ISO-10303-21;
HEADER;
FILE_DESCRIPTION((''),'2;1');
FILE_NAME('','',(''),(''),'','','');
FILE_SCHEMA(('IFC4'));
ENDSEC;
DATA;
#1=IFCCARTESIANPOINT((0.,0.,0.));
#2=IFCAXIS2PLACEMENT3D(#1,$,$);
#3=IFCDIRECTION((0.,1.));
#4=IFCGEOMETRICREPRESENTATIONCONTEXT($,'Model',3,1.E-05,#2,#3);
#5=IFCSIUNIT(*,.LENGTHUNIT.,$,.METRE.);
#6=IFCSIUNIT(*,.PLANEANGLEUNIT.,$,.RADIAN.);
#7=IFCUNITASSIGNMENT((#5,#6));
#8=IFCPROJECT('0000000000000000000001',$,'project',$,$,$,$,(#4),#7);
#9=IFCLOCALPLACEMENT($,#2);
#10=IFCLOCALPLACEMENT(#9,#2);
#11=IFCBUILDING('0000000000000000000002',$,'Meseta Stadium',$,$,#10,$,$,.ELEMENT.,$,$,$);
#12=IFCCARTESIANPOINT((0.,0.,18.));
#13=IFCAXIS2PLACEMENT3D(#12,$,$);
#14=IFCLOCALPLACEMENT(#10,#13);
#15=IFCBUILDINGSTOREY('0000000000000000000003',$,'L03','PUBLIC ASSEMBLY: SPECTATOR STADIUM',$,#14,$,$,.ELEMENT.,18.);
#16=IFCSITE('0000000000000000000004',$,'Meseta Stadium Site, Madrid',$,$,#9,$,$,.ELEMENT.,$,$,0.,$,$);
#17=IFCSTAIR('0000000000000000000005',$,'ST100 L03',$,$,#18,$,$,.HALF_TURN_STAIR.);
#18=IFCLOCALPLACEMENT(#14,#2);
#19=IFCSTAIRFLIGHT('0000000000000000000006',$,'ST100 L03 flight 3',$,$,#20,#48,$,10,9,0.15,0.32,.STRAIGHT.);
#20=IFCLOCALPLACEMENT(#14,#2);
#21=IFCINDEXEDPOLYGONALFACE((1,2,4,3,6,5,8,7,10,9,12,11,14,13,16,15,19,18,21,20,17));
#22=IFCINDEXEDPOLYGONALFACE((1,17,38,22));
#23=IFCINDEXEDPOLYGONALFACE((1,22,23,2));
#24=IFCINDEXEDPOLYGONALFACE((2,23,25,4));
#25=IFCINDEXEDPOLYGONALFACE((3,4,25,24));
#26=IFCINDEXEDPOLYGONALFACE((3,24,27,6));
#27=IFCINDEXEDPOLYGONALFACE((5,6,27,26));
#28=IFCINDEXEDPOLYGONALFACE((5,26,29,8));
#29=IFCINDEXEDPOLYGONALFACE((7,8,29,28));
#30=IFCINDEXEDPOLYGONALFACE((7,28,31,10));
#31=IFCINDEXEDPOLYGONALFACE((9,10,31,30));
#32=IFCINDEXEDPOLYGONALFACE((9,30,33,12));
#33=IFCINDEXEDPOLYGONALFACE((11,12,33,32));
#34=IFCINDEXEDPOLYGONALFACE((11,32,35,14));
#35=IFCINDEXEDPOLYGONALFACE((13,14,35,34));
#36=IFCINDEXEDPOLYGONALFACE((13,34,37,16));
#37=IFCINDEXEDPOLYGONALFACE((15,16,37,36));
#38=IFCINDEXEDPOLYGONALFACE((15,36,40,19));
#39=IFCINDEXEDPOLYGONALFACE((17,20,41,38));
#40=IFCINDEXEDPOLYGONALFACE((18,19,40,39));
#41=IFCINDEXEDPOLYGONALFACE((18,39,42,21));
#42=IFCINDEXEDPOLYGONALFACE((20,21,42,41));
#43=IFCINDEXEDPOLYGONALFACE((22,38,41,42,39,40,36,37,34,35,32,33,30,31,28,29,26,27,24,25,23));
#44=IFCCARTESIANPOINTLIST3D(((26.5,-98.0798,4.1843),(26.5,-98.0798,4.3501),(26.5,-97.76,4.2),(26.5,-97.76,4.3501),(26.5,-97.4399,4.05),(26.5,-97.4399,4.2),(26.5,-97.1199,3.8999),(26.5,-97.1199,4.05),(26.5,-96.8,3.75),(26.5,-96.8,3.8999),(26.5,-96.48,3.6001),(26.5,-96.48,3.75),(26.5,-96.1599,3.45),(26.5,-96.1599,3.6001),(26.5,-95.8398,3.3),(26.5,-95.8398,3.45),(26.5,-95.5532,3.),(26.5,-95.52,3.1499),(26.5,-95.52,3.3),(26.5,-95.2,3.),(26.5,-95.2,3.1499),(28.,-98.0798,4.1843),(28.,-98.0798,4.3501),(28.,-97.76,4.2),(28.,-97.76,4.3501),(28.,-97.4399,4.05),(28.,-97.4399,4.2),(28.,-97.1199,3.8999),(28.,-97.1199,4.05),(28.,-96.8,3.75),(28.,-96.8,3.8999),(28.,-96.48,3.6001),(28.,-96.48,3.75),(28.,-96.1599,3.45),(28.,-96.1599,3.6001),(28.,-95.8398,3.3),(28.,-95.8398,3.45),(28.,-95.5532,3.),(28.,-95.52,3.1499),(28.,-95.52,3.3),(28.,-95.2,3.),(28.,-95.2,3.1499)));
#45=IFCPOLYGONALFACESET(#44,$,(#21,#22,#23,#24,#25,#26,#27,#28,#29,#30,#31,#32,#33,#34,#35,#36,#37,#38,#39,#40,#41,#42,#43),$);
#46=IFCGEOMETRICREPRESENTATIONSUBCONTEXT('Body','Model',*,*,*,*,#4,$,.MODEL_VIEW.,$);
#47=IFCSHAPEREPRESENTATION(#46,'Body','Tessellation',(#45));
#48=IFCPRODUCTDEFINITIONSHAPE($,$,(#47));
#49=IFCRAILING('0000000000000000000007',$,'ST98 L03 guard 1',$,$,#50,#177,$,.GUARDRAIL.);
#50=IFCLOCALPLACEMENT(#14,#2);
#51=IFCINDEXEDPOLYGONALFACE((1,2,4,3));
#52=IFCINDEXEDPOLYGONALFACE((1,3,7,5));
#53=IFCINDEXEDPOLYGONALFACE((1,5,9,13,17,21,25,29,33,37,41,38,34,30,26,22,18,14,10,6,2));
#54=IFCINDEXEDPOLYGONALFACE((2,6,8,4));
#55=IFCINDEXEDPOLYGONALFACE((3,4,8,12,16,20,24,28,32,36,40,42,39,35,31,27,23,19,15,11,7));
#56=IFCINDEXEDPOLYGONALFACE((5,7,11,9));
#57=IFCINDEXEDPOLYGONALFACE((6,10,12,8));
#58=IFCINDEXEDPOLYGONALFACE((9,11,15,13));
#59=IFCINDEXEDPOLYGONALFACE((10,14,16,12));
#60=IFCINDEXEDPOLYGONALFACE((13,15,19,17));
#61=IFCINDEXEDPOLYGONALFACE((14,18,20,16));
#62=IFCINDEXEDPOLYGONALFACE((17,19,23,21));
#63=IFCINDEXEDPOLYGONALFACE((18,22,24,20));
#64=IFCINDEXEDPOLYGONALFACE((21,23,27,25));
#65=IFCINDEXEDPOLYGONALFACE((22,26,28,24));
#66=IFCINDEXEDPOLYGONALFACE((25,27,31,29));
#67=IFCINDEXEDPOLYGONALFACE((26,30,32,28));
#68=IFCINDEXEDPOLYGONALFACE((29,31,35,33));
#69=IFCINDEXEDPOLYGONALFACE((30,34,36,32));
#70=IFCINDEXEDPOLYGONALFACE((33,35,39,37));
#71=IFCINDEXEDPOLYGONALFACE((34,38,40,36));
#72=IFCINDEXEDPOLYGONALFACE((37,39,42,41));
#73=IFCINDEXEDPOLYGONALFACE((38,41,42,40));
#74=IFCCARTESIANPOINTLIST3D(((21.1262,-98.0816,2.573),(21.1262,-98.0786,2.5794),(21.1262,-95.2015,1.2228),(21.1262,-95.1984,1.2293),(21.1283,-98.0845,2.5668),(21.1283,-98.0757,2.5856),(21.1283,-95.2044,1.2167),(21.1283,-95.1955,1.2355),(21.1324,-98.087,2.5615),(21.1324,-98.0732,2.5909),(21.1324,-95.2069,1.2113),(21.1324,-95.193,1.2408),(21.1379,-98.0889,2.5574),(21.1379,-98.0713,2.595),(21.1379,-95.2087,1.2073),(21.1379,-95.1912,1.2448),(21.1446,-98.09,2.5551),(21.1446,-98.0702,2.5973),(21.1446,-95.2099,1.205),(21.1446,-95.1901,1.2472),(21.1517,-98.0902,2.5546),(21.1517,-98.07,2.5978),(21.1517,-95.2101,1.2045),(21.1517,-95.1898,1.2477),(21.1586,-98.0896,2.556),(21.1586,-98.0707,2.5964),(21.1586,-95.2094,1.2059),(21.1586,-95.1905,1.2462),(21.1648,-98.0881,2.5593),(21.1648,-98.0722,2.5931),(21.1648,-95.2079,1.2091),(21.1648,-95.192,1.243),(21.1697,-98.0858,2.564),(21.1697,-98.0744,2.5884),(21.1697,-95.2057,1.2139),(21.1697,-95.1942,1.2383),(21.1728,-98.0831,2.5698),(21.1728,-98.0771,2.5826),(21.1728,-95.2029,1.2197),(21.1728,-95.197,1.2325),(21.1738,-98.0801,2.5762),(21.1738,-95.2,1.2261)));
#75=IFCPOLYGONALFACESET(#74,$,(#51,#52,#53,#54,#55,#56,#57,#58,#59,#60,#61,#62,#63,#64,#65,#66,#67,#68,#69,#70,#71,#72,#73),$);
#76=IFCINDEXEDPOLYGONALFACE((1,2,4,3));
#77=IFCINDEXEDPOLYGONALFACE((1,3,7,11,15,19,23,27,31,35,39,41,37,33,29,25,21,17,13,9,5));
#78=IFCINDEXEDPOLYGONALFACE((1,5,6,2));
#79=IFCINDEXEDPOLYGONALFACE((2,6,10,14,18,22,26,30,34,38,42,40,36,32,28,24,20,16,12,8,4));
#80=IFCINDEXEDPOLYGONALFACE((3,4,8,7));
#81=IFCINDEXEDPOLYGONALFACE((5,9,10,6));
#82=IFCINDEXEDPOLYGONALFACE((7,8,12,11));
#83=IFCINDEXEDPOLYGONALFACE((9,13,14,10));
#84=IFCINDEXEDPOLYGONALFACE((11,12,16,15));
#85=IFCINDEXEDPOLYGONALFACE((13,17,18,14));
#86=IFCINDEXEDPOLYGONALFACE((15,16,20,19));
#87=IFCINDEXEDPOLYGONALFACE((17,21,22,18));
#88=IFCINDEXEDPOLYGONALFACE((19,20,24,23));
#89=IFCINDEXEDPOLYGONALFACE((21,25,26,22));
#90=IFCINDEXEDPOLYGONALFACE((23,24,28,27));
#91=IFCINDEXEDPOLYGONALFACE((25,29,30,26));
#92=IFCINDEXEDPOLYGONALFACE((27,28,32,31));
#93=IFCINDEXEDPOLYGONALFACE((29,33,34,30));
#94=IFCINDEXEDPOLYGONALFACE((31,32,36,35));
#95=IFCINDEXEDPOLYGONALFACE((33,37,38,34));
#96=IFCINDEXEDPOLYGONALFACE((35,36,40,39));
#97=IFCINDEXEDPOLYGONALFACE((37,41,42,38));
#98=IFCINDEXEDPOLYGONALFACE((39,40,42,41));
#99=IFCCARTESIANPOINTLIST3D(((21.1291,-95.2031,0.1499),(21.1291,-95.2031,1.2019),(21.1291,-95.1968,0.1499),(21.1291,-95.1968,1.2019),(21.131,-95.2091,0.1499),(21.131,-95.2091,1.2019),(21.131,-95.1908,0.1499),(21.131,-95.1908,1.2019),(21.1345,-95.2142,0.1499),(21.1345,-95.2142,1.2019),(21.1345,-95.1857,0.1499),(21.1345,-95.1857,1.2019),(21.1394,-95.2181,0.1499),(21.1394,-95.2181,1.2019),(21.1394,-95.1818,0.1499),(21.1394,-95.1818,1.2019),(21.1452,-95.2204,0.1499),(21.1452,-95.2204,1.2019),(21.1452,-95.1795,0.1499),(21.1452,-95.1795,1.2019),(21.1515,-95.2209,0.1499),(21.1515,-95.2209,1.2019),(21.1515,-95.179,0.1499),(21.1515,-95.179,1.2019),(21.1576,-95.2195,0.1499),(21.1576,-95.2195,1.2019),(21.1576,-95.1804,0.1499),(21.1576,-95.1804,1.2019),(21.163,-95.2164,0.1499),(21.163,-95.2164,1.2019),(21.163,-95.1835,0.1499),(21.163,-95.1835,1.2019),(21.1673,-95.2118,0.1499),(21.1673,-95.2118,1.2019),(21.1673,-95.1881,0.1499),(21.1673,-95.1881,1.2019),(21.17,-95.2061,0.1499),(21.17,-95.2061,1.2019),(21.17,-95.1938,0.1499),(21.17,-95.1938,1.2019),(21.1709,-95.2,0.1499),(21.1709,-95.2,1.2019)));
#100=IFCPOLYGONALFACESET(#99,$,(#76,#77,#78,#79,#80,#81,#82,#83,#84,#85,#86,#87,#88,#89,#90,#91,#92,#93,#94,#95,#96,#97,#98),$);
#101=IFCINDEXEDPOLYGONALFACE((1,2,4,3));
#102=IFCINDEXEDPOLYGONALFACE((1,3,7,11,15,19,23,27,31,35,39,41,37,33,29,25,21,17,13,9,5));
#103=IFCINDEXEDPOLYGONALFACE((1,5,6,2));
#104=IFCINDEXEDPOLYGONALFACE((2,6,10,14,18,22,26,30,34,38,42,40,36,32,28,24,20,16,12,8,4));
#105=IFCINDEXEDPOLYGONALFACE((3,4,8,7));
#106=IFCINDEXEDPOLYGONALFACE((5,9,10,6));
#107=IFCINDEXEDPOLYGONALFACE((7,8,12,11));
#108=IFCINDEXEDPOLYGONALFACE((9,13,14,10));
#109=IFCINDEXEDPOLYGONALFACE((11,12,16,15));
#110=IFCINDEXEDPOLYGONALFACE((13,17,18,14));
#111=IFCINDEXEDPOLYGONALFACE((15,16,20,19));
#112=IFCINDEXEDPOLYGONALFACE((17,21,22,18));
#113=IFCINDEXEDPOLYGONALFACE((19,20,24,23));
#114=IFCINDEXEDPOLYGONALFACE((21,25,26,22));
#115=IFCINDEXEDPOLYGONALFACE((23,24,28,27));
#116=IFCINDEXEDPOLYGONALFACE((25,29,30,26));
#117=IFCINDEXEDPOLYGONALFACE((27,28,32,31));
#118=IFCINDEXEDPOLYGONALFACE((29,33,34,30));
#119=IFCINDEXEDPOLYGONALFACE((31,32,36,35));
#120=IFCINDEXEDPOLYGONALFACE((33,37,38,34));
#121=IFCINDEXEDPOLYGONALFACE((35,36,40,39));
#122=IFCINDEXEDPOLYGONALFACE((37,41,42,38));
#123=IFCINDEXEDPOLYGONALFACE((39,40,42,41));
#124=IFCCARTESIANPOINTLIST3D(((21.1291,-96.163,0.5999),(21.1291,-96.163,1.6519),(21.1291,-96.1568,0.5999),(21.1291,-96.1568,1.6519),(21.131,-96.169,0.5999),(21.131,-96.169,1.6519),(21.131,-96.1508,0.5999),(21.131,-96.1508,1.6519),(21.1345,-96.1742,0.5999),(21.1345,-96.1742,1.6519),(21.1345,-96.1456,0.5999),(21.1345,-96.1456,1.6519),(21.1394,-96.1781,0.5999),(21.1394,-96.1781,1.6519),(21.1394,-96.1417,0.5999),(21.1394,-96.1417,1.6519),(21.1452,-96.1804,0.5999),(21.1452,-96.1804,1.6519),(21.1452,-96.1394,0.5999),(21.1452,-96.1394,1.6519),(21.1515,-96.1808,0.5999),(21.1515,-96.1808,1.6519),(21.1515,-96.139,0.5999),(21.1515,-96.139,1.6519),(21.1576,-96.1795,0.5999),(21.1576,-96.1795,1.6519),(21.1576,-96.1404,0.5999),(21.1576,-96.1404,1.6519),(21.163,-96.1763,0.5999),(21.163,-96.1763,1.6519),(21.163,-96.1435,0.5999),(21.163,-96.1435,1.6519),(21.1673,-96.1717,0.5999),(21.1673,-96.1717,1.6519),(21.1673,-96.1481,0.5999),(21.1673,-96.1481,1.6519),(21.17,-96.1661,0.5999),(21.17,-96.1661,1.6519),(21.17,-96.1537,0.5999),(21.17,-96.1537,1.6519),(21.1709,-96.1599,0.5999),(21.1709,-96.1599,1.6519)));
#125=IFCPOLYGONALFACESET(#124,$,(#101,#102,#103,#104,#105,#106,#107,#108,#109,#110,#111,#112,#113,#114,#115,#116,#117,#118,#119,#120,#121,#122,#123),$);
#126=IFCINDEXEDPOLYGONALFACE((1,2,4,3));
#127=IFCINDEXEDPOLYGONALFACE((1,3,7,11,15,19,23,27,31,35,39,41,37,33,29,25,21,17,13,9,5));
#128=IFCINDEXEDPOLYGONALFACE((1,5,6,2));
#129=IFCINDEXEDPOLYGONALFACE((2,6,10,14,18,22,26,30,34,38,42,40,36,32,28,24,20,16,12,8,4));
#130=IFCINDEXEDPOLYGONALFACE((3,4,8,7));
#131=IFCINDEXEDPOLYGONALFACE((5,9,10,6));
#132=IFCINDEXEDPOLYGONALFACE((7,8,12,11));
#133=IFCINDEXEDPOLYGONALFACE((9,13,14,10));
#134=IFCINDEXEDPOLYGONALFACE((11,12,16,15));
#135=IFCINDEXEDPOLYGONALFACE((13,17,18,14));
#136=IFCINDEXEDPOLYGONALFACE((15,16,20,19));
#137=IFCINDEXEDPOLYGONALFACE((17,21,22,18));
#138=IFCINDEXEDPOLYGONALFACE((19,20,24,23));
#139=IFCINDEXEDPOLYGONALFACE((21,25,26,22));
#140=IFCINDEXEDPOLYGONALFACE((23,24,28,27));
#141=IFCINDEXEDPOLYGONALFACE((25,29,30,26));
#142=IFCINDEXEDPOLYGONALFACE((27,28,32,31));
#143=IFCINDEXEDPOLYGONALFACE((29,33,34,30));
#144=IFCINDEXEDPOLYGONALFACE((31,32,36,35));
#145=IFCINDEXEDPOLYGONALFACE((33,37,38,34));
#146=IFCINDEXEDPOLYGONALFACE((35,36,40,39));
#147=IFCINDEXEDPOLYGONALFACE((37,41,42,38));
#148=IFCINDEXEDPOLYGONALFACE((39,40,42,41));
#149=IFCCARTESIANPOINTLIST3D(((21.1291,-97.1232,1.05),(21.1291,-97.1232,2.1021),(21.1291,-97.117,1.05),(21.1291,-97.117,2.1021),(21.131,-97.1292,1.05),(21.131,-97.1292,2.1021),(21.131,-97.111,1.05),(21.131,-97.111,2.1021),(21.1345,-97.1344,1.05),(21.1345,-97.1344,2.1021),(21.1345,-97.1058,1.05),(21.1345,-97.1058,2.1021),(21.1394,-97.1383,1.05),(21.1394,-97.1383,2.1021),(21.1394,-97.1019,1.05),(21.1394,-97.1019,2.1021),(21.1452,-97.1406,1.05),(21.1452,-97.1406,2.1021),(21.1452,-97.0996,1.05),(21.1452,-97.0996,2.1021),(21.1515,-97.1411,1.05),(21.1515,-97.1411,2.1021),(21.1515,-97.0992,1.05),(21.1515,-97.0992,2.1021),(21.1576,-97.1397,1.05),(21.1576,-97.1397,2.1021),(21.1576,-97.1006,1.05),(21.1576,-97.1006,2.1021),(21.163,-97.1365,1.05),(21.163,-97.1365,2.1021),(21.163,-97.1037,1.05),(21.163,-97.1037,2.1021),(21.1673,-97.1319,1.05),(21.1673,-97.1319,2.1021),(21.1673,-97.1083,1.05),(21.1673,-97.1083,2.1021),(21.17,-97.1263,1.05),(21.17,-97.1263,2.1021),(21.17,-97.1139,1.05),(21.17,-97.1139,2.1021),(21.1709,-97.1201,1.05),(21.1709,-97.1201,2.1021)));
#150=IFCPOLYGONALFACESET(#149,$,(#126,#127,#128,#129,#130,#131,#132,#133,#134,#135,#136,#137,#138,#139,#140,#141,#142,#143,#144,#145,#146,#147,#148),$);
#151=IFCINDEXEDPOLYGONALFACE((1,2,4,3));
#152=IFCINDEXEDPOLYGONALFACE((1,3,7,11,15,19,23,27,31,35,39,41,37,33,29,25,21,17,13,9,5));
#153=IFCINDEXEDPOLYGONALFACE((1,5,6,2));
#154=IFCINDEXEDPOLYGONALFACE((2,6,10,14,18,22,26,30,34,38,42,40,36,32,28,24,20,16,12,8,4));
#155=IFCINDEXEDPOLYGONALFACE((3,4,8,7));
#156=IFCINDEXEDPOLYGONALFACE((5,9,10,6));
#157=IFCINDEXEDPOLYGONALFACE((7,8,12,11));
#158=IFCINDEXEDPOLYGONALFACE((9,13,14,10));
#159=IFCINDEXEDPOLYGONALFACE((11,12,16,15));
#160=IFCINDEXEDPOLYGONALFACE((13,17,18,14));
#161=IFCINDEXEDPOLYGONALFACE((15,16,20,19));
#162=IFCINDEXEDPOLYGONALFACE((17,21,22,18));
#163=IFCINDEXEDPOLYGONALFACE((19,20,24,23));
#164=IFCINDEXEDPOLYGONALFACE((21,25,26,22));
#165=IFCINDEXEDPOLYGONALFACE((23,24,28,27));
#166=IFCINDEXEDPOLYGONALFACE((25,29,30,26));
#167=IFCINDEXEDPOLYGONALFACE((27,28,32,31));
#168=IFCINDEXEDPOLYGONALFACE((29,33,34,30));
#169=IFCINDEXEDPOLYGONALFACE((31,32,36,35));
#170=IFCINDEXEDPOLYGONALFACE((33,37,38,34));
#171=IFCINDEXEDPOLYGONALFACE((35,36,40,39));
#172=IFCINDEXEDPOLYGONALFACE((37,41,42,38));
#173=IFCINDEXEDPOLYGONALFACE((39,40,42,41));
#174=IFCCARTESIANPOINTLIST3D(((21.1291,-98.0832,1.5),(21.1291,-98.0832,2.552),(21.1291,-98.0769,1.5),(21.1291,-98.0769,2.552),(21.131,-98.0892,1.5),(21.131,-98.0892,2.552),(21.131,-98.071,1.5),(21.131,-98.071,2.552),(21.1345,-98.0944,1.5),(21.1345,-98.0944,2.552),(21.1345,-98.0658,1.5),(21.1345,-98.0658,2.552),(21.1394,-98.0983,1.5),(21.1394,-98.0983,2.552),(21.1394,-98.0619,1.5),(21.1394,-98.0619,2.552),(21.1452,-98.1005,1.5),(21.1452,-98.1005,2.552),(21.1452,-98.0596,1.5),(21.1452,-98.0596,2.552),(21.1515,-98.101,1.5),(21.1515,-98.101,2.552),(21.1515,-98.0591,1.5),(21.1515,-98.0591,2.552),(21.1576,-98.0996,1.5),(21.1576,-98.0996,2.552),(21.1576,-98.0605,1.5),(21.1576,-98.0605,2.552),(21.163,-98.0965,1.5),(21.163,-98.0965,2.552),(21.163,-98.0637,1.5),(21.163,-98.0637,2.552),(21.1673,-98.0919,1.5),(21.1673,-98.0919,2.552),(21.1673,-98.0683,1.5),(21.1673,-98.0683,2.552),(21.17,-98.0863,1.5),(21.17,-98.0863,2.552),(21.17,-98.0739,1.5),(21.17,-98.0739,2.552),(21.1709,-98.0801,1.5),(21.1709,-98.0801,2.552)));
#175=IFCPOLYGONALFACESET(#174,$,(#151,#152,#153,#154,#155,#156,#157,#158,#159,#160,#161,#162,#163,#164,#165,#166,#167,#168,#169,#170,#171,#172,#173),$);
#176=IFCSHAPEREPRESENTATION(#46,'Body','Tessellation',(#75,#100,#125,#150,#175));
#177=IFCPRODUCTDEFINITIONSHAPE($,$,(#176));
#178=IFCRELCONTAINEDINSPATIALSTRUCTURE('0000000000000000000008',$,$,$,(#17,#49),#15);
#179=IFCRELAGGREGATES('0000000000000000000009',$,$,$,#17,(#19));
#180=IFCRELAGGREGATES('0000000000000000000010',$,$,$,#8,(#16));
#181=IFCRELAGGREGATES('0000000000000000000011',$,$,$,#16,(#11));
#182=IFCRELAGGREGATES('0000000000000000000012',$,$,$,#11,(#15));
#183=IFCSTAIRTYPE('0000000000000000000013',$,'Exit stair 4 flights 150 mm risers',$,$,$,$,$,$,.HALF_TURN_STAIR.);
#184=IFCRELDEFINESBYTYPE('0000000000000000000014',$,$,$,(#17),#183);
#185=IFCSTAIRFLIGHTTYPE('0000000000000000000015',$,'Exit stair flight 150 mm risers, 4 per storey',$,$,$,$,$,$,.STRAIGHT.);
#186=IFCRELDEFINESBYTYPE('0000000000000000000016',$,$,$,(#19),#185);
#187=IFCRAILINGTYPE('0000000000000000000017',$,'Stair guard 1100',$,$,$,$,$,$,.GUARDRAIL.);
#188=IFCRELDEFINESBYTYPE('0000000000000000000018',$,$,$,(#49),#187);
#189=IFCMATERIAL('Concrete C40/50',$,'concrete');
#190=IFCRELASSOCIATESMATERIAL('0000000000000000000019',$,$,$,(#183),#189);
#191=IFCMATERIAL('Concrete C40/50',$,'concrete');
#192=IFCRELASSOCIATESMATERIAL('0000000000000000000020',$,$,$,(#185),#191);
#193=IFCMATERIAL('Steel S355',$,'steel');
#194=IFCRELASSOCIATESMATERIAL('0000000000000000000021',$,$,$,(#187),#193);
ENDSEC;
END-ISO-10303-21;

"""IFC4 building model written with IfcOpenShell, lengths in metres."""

from ifc_helpers import new_model, si_unit, direction, frame, origin, origin_2d, place, context, subcontext, project, spatial, polyline, circle, outline, extrude, material, type_object, element, aggregate, save


model = new_model("IFC4")

# Units and contexts
model_context = context("Model", 3, precision=1e-05, world=origin(), true_north=direction((0.0, 1.0)))
body_context = subcontext(model_context, "Body", "Model", "MODEL_VIEW")
ifc_project = project(units=[si_unit("LENGTHUNIT", "METRE"), si_unit("PLANEANGLEUNIT", "RADIAN")], contexts=[model_context])

# Site, building, storey
site_placement = place(None, origin())
site = spatial("IfcSite", under=ifc_project, at=site_placement, Name="Meseta Stadium Site, Madrid", CompositionType="ELEMENT", RefElevation=0.0)
building_placement = place(site_placement, origin())
building = spatial("IfcBuilding", under=site, at=building_placement, Name="Meseta Stadium", CompositionType="ELEMENT")
storey_placement = place(building_placement, frame((0.0, 0.0, 18.0)))
storey = spatial("IfcBuildingStorey", under=building, at=storey_placement, Name="L03", Description="PUBLIC ASSEMBLY: SPECTATOR STADIUM", CompositionType="ELEMENT", Elevation=18.0)

# Shared definitions
ifc_material_1 = material(Name="Concrete C40/50", Category="concrete")
stair_type = type_object("IfcStairType", Name="Exit stair 4 flights 150 mm risers", PredefinedType="HALF_TURN_STAIR", material=ifc_material_1)
ifc_material_2 = material(Name="Concrete C40/50", Category="concrete")
stair_flight_type = type_object("IfcStairFlightType", Name="Exit stair flight 150 mm risers, 4 per storey", PredefinedType="STRAIGHT", material=ifc_material_2)

# Stair, stair flight
stair_1_placement = place(storey_placement, origin())
stair_1 = element("IfcStair", 1, at=stair_1_placement, inside=storey, type_object=stair_type, Name="ST100 L03", PredefinedType="HALF_TURN_STAIR")
stair_flight_1_placement = place(storey_placement, frame((27.25, -95.2, 3.0), z_axis=(0.0, 0.0, 1.0), x_axis=(0.0, -1.0, 0.0)))
stair_flight_1 = element("IfcStairFlight", 2, at=stair_flight_1_placement, type_object=stair_flight_type, Name="ST100 L03 flight 3", NumberOfRisers=10, NumberOfTreads=9, PredefinedType="STRAIGHT", RiserHeight=0.15, TreadLength=0.32, context=body_context, shape_type="SweptSolid", body=[
    extrude(outline(polyline([(0.0, 0.0), (0.0, 0.1499), (0.3201, 0.1499), (0.3201, 0.3), (0.6399, 0.3), (0.6399, 0.45), (0.96, 0.45), (0.96, 0.6001), (1.28, 0.6001), (1.28, 0.75), (1.6001, 0.75), (1.6001, 0.8999), (1.9199, 0.8999), (1.9199, 1.05), (2.24, 1.05), (2.24, 1.2), (2.5601, 1.2), (2.5601, 1.3501), (2.8799, 1.3501), (2.8799, 1.1843), (0.3533, 0.0), (0.0, 0.0)])), frame((0.0, 0.75, 0.0), z_axis=(0.0, -1.0, 0.0), x_axis=(1.0, 0.0, 0.0)), (0.0, 0.0, 1.0), 1.5),
])
aggregate(stair_1, [stair_flight_1])

# Railing
ifc_material_3 = material(Name="Steel S355", Category="steel")
railing_type_1 = type_object("IfcRailingType", Name="Stair guard 1100", PredefinedType="GUARDRAIL", material=ifc_material_3)
railing_1_placement = place(storey_placement, frame((21.1499, -95.2, 0.1499)))
element("IfcRailing", 3, at=railing_1_placement, inside=storey, type_object=railing_type_1, Name="ST98 L03 guard 1", PredefinedType="GUARDRAIL", context=body_context, shape_type="SweptSolid", body=[
    extrude(circle(Radius=0.0239, at=origin_2d()), frame((0.0, 0.0, 1.0762), z_axis=(0.0, -0.905454, 0.424444), x_axis=(1.0, 0.0, 0.0)), (0.0, 0.0, 1.0), 3.1809),
    extrude(circle(Radius=0.021, at=origin_2d()), origin(), (0.0, 0.0, 1.0), 1.052),
    extrude(circle(Radius=0.021, at=origin_2d()), frame((0.0, -0.96, 0.45)), (0.0, 0.0, 1.0), 1.052),
    extrude(circle(Radius=0.021, at=origin_2d()), frame((0.0, -1.9202, 0.9001)), (0.0, 0.0, 1.0), 1.052),
    extrude(circle(Radius=0.021, at=origin_2d()), frame((0.0, -2.8801, 1.3501)), (0.0, 0.0, 1.0), 1.052),
])

save(model, "model.ifc")
